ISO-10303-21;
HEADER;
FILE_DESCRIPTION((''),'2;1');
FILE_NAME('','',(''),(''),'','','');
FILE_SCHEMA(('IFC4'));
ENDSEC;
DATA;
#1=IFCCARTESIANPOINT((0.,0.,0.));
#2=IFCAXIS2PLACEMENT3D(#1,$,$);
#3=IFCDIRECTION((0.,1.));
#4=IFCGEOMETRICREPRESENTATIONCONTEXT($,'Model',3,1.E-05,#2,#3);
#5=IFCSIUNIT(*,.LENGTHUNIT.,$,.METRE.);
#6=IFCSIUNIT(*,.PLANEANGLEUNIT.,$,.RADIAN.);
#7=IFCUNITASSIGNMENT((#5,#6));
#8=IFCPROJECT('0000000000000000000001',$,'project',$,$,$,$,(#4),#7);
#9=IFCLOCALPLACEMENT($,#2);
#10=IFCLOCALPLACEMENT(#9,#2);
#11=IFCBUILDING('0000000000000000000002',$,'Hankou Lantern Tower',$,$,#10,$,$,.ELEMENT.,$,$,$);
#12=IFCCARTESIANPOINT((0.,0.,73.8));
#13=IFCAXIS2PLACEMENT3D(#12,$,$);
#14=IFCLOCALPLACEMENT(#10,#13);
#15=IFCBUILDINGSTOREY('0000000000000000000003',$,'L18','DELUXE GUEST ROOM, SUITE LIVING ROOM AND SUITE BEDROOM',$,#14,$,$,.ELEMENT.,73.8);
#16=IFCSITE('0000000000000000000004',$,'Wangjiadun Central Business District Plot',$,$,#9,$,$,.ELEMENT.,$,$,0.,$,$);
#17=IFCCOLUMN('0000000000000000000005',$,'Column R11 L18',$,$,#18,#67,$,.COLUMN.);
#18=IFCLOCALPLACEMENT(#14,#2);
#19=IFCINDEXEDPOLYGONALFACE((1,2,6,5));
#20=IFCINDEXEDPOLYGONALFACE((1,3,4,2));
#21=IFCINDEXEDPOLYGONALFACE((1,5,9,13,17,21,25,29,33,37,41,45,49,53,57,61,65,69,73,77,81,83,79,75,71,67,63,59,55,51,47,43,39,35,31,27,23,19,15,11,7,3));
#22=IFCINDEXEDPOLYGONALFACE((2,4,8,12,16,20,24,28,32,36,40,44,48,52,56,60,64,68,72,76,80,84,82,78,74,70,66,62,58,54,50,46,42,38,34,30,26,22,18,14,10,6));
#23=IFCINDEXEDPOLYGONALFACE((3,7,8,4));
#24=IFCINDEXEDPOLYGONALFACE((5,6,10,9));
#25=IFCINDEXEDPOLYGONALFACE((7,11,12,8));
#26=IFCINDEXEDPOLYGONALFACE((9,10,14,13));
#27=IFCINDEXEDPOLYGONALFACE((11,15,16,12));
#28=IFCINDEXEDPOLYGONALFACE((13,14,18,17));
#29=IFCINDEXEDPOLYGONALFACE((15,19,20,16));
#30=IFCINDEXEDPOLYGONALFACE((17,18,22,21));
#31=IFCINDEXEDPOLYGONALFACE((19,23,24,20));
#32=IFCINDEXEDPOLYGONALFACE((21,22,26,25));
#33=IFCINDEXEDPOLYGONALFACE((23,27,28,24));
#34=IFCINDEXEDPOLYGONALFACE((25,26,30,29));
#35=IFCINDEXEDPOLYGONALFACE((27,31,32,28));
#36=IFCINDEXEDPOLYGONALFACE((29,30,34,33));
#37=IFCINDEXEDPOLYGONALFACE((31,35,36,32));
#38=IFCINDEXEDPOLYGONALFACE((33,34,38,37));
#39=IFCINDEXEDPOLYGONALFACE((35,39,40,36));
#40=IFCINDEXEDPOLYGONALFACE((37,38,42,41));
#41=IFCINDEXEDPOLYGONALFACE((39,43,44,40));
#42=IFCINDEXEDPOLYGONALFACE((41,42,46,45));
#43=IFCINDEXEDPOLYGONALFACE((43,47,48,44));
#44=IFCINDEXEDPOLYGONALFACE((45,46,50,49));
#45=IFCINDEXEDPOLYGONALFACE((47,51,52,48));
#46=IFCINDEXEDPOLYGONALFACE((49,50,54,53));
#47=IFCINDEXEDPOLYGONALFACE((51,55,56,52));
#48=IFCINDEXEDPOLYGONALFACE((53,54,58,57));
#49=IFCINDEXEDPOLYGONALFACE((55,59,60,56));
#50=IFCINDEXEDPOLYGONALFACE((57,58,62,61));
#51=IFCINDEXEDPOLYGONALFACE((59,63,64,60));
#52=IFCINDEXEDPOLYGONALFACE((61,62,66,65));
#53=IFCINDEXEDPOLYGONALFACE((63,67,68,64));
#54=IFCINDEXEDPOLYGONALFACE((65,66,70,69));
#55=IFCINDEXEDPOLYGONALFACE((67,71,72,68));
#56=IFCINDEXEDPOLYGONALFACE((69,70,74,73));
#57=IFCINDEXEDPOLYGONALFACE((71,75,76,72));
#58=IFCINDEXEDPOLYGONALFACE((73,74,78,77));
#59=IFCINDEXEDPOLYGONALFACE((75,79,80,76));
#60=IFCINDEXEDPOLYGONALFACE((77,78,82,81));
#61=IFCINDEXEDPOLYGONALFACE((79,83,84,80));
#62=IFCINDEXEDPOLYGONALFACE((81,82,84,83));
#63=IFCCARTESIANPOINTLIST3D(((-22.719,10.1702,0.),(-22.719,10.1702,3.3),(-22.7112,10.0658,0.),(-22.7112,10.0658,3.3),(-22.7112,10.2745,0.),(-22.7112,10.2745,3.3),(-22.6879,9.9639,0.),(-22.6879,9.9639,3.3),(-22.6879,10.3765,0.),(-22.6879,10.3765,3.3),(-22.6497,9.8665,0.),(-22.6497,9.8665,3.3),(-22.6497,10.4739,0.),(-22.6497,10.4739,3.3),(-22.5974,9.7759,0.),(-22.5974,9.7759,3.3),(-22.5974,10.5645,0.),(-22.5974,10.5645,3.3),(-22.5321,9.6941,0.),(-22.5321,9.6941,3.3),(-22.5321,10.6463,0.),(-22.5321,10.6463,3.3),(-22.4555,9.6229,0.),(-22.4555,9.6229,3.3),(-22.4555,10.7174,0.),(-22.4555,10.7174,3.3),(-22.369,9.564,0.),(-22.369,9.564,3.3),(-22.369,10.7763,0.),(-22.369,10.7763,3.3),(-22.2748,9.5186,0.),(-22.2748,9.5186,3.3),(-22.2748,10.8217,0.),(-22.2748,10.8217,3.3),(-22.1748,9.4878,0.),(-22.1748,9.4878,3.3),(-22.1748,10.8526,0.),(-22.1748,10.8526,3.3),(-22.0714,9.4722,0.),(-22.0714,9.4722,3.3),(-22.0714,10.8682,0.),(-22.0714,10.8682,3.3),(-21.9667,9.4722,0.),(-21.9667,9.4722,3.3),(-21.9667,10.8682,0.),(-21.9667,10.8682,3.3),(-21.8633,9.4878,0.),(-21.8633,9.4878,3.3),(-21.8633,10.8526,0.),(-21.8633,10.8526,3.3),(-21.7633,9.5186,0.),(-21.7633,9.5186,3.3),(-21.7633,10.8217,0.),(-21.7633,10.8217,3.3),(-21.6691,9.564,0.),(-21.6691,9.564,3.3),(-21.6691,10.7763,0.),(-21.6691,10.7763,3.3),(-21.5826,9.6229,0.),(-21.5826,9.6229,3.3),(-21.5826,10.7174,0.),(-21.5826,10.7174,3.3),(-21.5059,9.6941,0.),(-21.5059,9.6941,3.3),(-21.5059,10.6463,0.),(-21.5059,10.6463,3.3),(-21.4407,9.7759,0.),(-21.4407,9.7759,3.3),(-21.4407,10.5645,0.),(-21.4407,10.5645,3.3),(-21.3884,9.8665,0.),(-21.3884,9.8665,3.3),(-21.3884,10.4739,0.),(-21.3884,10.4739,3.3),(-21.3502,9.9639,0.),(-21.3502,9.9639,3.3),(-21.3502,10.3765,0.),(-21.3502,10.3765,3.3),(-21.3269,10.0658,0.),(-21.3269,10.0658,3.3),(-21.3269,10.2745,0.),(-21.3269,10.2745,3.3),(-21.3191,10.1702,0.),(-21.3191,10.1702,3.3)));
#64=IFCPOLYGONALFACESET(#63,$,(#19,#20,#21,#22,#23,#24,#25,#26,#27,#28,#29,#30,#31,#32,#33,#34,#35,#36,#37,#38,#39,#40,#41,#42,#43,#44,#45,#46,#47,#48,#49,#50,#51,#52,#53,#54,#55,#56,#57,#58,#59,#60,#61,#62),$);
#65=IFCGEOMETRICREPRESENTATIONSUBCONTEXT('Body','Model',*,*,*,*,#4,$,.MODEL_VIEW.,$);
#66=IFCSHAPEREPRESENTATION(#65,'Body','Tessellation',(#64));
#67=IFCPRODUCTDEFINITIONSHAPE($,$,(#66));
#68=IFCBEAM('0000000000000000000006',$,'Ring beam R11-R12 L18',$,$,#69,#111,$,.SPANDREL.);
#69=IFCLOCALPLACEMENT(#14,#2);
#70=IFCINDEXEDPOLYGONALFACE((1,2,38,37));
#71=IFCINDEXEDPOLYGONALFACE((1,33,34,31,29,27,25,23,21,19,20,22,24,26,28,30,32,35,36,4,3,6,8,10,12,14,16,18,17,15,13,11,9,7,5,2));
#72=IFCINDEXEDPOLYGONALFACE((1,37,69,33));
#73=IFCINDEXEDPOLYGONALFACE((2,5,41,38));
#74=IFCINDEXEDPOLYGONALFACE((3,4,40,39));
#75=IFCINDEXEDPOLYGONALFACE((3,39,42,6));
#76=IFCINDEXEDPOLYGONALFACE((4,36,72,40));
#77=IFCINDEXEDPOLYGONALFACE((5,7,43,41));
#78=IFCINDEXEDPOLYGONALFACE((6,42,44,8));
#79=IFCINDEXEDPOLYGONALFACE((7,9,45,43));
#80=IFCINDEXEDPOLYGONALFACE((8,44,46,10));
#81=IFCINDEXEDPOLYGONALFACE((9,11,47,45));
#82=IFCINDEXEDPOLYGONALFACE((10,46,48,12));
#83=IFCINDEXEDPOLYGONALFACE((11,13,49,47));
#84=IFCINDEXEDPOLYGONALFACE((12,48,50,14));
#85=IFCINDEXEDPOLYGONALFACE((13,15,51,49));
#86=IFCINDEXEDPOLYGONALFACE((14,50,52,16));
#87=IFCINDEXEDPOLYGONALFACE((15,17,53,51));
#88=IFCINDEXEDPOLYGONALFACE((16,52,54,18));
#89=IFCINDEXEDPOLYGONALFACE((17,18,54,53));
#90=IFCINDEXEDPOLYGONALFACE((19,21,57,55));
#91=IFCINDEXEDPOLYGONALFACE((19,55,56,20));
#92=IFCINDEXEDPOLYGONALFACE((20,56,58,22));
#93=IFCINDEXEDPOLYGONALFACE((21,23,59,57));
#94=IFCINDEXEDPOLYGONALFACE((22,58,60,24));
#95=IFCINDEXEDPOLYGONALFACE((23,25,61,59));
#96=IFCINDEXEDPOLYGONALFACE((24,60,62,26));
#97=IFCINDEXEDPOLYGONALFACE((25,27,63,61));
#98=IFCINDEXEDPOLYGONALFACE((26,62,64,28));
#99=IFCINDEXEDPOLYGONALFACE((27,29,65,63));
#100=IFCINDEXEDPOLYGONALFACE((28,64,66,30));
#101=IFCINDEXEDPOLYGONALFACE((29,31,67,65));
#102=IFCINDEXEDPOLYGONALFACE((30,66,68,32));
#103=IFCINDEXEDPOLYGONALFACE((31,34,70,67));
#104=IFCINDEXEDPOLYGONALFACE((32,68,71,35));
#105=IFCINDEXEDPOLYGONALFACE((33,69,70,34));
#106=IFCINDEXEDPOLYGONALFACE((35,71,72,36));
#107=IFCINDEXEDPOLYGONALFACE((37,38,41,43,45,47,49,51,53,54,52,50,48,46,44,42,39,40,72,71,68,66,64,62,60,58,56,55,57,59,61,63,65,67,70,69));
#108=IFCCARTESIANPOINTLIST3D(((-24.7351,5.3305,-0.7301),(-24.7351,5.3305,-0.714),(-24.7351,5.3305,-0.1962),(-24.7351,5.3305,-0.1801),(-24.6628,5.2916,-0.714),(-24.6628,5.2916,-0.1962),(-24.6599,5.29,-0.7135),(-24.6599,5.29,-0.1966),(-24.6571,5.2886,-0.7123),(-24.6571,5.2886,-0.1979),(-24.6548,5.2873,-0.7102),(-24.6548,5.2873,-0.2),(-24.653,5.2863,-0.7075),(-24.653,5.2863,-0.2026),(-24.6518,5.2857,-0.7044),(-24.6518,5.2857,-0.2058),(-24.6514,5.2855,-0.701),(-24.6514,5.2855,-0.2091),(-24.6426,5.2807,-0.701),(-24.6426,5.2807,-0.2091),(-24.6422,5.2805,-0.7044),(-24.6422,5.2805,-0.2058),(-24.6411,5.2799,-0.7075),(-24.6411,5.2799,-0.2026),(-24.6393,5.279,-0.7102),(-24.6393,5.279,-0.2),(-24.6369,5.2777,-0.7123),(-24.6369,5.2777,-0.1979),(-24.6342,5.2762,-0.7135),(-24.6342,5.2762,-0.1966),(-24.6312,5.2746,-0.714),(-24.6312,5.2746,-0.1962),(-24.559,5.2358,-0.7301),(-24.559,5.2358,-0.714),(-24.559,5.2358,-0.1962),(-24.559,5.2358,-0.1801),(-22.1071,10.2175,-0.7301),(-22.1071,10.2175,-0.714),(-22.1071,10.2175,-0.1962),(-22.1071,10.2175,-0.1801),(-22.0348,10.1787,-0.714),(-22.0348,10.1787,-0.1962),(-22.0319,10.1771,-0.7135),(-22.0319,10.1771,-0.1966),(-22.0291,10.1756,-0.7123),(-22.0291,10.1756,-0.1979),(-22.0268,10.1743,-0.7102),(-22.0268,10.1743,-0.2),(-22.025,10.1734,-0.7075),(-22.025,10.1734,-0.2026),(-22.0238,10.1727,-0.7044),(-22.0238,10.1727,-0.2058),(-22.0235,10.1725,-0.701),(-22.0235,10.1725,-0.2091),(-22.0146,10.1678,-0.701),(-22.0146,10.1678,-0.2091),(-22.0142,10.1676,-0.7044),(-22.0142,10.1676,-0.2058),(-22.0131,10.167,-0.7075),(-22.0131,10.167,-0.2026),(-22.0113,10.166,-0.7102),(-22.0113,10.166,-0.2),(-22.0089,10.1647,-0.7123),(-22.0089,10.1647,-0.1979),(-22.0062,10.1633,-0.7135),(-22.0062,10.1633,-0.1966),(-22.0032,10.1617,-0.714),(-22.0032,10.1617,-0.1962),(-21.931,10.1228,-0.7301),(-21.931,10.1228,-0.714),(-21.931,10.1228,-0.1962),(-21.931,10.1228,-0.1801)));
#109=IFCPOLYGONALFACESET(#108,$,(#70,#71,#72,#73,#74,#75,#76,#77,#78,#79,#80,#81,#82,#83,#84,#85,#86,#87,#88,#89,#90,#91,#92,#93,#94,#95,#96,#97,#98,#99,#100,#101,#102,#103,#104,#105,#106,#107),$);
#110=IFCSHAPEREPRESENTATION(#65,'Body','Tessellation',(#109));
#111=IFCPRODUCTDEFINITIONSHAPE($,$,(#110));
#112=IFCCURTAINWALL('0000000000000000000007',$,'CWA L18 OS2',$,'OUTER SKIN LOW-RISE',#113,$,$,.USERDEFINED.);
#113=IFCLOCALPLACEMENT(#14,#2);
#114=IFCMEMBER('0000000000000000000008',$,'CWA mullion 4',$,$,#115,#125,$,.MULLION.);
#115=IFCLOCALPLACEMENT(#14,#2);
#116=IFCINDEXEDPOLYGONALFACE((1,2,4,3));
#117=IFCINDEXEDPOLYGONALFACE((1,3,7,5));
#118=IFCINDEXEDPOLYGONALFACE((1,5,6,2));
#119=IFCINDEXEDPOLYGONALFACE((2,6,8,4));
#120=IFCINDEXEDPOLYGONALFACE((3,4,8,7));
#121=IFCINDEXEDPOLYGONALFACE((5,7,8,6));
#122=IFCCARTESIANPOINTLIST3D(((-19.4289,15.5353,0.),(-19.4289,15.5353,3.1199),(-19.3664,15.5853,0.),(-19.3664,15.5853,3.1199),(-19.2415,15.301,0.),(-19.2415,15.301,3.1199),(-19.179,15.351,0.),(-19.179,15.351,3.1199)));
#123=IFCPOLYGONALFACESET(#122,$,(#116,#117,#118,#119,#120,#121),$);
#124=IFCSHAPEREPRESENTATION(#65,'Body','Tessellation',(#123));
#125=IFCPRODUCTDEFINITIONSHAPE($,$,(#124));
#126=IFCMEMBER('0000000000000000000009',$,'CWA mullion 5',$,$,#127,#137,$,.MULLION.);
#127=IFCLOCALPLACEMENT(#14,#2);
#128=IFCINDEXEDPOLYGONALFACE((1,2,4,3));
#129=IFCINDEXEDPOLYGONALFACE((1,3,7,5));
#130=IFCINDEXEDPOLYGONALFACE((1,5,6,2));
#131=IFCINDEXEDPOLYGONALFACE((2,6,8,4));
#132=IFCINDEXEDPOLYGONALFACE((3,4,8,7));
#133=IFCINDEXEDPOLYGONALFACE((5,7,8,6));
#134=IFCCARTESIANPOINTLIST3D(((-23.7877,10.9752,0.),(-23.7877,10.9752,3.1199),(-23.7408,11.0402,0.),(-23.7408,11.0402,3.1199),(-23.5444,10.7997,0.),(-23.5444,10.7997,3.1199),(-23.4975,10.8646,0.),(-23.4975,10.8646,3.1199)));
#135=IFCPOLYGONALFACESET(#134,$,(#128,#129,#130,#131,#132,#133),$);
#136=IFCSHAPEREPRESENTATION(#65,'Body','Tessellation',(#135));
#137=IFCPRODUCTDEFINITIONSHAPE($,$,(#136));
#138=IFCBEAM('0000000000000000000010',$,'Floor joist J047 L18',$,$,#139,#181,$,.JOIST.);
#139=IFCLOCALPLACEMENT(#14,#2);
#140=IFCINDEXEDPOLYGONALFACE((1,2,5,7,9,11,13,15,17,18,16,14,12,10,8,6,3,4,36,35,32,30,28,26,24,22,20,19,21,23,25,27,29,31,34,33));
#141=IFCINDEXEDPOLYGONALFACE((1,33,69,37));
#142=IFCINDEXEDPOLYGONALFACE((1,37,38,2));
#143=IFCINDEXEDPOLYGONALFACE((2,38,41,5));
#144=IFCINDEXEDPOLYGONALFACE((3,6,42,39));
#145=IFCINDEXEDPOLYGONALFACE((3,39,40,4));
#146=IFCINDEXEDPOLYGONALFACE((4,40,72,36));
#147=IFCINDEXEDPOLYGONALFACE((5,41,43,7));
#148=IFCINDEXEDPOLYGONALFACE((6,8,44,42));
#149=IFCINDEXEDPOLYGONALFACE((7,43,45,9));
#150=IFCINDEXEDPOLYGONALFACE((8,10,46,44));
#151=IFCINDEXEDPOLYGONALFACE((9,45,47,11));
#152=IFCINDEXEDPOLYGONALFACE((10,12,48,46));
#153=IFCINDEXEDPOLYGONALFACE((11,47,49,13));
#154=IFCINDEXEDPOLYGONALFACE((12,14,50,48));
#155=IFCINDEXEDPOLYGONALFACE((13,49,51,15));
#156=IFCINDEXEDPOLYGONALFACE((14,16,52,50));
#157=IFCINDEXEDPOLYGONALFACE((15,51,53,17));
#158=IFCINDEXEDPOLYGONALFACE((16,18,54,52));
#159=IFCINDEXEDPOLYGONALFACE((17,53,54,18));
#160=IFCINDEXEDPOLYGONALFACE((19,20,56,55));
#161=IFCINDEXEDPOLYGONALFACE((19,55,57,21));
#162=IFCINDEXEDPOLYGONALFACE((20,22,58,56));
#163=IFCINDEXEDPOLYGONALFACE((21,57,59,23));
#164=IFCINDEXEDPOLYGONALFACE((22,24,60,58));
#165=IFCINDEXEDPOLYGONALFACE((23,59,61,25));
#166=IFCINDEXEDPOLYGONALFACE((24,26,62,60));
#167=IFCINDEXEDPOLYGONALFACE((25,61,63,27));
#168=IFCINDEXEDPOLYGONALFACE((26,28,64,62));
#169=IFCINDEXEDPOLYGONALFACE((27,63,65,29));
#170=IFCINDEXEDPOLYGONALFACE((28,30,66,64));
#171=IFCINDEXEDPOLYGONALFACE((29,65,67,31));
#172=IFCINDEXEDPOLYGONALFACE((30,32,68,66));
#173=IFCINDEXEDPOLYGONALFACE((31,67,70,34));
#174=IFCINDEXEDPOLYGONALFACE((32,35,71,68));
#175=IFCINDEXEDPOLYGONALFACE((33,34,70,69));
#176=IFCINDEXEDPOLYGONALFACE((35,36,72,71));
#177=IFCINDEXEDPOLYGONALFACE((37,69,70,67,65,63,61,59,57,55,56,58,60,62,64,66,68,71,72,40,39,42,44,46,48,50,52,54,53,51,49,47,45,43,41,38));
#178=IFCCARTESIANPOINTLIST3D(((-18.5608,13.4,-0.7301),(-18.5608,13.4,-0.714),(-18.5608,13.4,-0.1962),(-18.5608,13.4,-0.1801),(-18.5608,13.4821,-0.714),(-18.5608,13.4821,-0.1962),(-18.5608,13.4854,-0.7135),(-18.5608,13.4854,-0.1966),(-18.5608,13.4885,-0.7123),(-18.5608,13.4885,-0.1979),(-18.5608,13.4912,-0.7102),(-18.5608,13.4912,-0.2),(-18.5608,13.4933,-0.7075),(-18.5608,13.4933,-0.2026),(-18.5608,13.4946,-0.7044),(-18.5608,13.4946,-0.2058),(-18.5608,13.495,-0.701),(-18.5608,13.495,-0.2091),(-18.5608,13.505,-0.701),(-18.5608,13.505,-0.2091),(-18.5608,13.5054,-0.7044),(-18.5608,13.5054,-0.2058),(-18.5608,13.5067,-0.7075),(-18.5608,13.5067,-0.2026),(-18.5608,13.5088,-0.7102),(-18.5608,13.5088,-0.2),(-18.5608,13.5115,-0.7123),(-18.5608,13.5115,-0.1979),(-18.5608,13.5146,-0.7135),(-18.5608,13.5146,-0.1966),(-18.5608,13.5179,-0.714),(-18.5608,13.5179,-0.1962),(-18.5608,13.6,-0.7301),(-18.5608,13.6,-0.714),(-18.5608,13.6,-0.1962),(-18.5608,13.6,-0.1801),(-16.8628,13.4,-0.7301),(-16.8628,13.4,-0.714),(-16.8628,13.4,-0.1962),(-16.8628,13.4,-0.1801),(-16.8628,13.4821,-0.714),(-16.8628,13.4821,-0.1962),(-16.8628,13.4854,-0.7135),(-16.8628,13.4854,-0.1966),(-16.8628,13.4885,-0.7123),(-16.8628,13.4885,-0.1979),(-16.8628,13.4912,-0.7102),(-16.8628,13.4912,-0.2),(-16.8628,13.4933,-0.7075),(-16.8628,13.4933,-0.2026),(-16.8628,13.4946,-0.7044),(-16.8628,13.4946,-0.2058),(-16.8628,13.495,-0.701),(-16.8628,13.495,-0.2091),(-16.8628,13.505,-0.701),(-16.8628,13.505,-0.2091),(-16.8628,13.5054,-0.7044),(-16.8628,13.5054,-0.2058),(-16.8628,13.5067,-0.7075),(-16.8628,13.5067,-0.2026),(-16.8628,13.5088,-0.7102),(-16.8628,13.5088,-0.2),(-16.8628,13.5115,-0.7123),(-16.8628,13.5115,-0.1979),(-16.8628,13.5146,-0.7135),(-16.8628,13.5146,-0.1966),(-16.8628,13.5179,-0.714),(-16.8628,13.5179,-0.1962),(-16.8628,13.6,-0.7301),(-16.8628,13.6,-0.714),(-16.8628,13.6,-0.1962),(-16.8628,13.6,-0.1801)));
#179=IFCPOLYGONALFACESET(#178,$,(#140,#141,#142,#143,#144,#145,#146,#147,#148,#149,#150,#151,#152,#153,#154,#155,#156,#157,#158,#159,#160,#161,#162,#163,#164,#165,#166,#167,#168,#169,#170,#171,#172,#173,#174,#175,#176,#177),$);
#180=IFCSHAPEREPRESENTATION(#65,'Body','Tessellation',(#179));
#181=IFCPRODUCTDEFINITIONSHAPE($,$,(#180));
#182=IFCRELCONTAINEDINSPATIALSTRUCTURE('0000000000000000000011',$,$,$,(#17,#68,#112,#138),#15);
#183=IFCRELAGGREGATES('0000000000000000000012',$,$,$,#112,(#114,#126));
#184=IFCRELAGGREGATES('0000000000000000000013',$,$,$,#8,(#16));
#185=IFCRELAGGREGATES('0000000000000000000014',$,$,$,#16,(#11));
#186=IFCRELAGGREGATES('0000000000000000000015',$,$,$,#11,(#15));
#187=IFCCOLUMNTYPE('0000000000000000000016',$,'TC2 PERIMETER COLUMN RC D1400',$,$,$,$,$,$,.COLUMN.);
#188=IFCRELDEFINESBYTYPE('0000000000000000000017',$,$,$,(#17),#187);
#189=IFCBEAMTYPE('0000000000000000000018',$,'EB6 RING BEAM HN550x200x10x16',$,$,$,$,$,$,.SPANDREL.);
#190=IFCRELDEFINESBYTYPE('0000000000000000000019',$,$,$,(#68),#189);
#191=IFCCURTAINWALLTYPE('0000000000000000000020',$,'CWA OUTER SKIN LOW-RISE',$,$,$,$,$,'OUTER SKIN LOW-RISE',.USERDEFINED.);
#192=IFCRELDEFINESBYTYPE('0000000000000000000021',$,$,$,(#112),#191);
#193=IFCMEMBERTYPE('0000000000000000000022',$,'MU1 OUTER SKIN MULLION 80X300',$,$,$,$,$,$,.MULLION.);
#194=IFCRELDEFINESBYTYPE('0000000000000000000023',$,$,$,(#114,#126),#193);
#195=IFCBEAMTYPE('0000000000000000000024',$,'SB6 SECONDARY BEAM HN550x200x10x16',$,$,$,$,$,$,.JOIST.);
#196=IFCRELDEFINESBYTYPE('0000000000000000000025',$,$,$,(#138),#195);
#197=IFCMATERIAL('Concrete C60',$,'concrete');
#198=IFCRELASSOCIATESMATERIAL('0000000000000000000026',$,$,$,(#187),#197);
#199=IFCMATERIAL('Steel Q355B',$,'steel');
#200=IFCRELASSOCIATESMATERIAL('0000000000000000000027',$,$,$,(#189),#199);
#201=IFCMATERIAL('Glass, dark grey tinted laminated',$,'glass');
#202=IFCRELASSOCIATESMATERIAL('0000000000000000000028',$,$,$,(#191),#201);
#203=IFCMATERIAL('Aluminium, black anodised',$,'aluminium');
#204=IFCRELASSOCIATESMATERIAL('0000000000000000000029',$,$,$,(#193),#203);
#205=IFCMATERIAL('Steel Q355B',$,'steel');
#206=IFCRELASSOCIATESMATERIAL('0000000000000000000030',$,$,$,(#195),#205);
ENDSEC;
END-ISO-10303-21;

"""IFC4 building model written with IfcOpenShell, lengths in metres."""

from ifc_helpers import new_model, si_unit, direction, frame, origin, origin_2d, place, context, subcontext, project, spatial, rectangle, circle, i_section, extrude, material, material_profile, profile_set, type_object, element, aggregate, save


model = new_model("IFC4")

# Units and contexts
model_context = context("Model", 3, precision=1e-05, world=origin(), true_north=direction((0.0, 1.0)))
body_context = subcontext(model_context, "Body", "Model", "MODEL_VIEW")
ifc_project = project(units=[si_unit("LENGTHUNIT", "METRE"), si_unit("PLANEANGLEUNIT", "RADIAN")], contexts=[model_context])

# Site, building, storey
site_placement = place(None, origin())
site = spatial("IfcSite", under=ifc_project, at=site_placement, Name="Wangjiadun Central Business District Plot", CompositionType="ELEMENT", RefElevation=0.0)
building_placement = place(site_placement, origin())
building = spatial("IfcBuilding", under=site, at=building_placement, Name="Hankou Lantern Tower", CompositionType="ELEMENT")
storey_placement = place(building_placement, frame((0.0, 0.0, 73.8)))
storey = spatial("IfcBuildingStorey", under=building, at=storey_placement, Name="L18", Description="DELUXE GUEST ROOM, SUITE LIVING ROOM AND SUITE BEDROOM", CompositionType="ELEMENT", Elevation=73.8)

# Column
ifc_material_1 = material(Name="Concrete C60", Category="concrete")
ifc_material_profile_1 = material_profile(ifc_material_1, circle(Radius=0.7, at=origin_2d()), Name="RC D1400")
ifc_profile_set_1 = profile_set([ifc_material_profile_1], Name="Concrete C60")
column_type = type_object("IfcColumnType", Name="TC2 PERIMETER COLUMN RC D1400", PredefinedType="COLUMN", material=ifc_profile_set_1)
column_placement = place(storey_placement, frame((-22.019, 10.1702, 0.0), z_axis=(0.0, 0.0, 1.0), x_axis=(1.0, 0.0, 0.0)))
element("IfcColumn", 1, at=column_placement, inside=storey, type_object=column_type, Name="Column R11 L18", PredefinedType="COLUMN", context=body_context, shape_type="SweptSolid", body=[
    extrude(circle(Radius=0.7, at=origin_2d()), origin(), (0.0, 0.0, 1.0), 3.3),
])

# Beam
ifc_material_2 = material(Name="Steel Q355B", Category="steel")
ifc_material_profile_2 = material_profile(ifc_material_2, i_section(OverallWidth=0.2, OverallDepth=0.55, WebThickness=0.01, FlangeThickness=0.0161, FilletRadius=0.0129, at=origin_2d()), Name="HN550x200x10x16")
ifc_profile_set_2 = profile_set([ifc_material_profile_2], Name="Steel Q355B")
beam_type_1 = type_object("IfcBeamType", Name="EB6 RING BEAM HN550x200x10x16", PredefinedType="SPANDREL", material=ifc_profile_set_2)
beam_1_placement = place(storey_placement, frame((-22.019, 10.1702, -0.4551), z_axis=(-0.473609, -0.880735, 0.0), x_axis=(0.880735, -0.473609, 0.0)))
element("IfcBeam", 2, at=beam_1_placement, inside=storey, type_object=beam_type_1, Name="Ring beam R11-R12 L18", PredefinedType="SPANDREL", context=body_context, shape_type="SweptSolid", body=[
    extrude(i_section(OverallWidth=0.2, OverallDepth=0.55, WebThickness=0.01, FlangeThickness=0.0161, FilletRadius=0.0129, at=origin_2d()), origin(), (0.0, 0.0, 1.0), 5.5488),
])

# Curtain wall, members
ifc_material_3 = material(Name="Glass, dark grey tinted laminated", Category="glass")
curtain_wall_type = type_object("IfcCurtainWallType", Name="CWA OUTER SKIN LOW-RISE", ElementType="OUTER SKIN LOW-RISE", PredefinedType="USERDEFINED", material=ifc_material_3)
curtain_wall_placement = place(storey_placement, origin())
curtain_wall = element("IfcCurtainWall", 3, at=curtain_wall_placement, inside=storey, type_object=curtain_wall_type, Name="CWA L18 OS2", ObjectType="OUTER SKIN LOW-RISE", PredefinedType="USERDEFINED")
ifc_material_4 = material(Name="Aluminium, black anodised", Category="aluminium")
ifc_material_profile_3 = material_profile(ifc_material_4, rectangle(XDim=0.0801, YDim=0.3, at=origin_2d()), Name="MU1 80X300")
ifc_profile_set_3 = profile_set([ifc_material_profile_3], Name="Aluminium, black anodised")
member_type_1 = type_object("IfcMemberType", Name="MU1 OUTER SKIN MULLION 80X300", PredefinedType="MULLION", material=ifc_profile_set_3)
member_1_placement = place(storey_placement, frame((-19.304, 15.4431, 0.0), z_axis=(0.0, 0.0, 1.0), x_axis=(-0.780869, -0.624695, 0.0)))
member_1 = element("IfcMember", 4, at=member_1_placement, type_object=member_type_1, Name="CWA mullion 4", PredefinedType="MULLION", context=body_context, shape_type="SweptSolid", body=[
    extrude(rectangle(XDim=0.0801, YDim=0.3, at=origin_2d()), origin(), (0.0, 0.0, 1.0), 3.1199),
])
member_2_placement = place(storey_placement, frame((-23.6426, 10.9199, 0.0), z_axis=(0.0, 0.0, 1.0), x_axis=(-0.585206, -0.810885, 0.0)))
member_2 = element("IfcMember", 5, at=member_2_placement, type_object=member_type_1, Name="CWA mullion 5", PredefinedType="MULLION", context=body_context, shape_type="SweptSolid", body=[
    extrude(rectangle(XDim=0.0801, YDim=0.3, at=origin_2d()), origin(), (0.0, 0.0, 1.0), 3.1199),
])

# Beam
ifc_material_5 = material(Name="Steel Q355B", Category="steel")
ifc_material_profile_4 = material_profile(ifc_material_5, i_section(OverallWidth=0.2, OverallDepth=0.55, WebThickness=0.01, FlangeThickness=0.0161, FilletRadius=0.0129, at=origin_2d()), Name="HN550x200x10x16")
ifc_profile_set_4 = profile_set([ifc_material_profile_4], Name="Steel Q355B")
beam_type_2 = type_object("IfcBeamType", Name="SB6 SECONDARY BEAM HN550x200x10x16", PredefinedType="JOIST", material=ifc_profile_set_4)
beam_2_placement = place(storey_placement, frame((-18.5608, 13.5, -0.4551), z_axis=(1.0, 0.0, 0.0), x_axis=(0.0, 1.0, 0.0)))
element("IfcBeam", 6, at=beam_2_placement, inside=storey, type_object=beam_type_2, Name="Floor joist J047 L18", PredefinedType="JOIST", context=body_context, shape_type="SweptSolid", body=[
    extrude(i_section(OverallWidth=0.2, OverallDepth=0.55, WebThickness=0.01, FlangeThickness=0.0161, FilletRadius=0.0129, at=origin_2d()), origin(), (0.0, 0.0, 1.0), 1.698),
])

aggregate(curtain_wall, [member_1, member_2])

save(model, "model.ifc")
